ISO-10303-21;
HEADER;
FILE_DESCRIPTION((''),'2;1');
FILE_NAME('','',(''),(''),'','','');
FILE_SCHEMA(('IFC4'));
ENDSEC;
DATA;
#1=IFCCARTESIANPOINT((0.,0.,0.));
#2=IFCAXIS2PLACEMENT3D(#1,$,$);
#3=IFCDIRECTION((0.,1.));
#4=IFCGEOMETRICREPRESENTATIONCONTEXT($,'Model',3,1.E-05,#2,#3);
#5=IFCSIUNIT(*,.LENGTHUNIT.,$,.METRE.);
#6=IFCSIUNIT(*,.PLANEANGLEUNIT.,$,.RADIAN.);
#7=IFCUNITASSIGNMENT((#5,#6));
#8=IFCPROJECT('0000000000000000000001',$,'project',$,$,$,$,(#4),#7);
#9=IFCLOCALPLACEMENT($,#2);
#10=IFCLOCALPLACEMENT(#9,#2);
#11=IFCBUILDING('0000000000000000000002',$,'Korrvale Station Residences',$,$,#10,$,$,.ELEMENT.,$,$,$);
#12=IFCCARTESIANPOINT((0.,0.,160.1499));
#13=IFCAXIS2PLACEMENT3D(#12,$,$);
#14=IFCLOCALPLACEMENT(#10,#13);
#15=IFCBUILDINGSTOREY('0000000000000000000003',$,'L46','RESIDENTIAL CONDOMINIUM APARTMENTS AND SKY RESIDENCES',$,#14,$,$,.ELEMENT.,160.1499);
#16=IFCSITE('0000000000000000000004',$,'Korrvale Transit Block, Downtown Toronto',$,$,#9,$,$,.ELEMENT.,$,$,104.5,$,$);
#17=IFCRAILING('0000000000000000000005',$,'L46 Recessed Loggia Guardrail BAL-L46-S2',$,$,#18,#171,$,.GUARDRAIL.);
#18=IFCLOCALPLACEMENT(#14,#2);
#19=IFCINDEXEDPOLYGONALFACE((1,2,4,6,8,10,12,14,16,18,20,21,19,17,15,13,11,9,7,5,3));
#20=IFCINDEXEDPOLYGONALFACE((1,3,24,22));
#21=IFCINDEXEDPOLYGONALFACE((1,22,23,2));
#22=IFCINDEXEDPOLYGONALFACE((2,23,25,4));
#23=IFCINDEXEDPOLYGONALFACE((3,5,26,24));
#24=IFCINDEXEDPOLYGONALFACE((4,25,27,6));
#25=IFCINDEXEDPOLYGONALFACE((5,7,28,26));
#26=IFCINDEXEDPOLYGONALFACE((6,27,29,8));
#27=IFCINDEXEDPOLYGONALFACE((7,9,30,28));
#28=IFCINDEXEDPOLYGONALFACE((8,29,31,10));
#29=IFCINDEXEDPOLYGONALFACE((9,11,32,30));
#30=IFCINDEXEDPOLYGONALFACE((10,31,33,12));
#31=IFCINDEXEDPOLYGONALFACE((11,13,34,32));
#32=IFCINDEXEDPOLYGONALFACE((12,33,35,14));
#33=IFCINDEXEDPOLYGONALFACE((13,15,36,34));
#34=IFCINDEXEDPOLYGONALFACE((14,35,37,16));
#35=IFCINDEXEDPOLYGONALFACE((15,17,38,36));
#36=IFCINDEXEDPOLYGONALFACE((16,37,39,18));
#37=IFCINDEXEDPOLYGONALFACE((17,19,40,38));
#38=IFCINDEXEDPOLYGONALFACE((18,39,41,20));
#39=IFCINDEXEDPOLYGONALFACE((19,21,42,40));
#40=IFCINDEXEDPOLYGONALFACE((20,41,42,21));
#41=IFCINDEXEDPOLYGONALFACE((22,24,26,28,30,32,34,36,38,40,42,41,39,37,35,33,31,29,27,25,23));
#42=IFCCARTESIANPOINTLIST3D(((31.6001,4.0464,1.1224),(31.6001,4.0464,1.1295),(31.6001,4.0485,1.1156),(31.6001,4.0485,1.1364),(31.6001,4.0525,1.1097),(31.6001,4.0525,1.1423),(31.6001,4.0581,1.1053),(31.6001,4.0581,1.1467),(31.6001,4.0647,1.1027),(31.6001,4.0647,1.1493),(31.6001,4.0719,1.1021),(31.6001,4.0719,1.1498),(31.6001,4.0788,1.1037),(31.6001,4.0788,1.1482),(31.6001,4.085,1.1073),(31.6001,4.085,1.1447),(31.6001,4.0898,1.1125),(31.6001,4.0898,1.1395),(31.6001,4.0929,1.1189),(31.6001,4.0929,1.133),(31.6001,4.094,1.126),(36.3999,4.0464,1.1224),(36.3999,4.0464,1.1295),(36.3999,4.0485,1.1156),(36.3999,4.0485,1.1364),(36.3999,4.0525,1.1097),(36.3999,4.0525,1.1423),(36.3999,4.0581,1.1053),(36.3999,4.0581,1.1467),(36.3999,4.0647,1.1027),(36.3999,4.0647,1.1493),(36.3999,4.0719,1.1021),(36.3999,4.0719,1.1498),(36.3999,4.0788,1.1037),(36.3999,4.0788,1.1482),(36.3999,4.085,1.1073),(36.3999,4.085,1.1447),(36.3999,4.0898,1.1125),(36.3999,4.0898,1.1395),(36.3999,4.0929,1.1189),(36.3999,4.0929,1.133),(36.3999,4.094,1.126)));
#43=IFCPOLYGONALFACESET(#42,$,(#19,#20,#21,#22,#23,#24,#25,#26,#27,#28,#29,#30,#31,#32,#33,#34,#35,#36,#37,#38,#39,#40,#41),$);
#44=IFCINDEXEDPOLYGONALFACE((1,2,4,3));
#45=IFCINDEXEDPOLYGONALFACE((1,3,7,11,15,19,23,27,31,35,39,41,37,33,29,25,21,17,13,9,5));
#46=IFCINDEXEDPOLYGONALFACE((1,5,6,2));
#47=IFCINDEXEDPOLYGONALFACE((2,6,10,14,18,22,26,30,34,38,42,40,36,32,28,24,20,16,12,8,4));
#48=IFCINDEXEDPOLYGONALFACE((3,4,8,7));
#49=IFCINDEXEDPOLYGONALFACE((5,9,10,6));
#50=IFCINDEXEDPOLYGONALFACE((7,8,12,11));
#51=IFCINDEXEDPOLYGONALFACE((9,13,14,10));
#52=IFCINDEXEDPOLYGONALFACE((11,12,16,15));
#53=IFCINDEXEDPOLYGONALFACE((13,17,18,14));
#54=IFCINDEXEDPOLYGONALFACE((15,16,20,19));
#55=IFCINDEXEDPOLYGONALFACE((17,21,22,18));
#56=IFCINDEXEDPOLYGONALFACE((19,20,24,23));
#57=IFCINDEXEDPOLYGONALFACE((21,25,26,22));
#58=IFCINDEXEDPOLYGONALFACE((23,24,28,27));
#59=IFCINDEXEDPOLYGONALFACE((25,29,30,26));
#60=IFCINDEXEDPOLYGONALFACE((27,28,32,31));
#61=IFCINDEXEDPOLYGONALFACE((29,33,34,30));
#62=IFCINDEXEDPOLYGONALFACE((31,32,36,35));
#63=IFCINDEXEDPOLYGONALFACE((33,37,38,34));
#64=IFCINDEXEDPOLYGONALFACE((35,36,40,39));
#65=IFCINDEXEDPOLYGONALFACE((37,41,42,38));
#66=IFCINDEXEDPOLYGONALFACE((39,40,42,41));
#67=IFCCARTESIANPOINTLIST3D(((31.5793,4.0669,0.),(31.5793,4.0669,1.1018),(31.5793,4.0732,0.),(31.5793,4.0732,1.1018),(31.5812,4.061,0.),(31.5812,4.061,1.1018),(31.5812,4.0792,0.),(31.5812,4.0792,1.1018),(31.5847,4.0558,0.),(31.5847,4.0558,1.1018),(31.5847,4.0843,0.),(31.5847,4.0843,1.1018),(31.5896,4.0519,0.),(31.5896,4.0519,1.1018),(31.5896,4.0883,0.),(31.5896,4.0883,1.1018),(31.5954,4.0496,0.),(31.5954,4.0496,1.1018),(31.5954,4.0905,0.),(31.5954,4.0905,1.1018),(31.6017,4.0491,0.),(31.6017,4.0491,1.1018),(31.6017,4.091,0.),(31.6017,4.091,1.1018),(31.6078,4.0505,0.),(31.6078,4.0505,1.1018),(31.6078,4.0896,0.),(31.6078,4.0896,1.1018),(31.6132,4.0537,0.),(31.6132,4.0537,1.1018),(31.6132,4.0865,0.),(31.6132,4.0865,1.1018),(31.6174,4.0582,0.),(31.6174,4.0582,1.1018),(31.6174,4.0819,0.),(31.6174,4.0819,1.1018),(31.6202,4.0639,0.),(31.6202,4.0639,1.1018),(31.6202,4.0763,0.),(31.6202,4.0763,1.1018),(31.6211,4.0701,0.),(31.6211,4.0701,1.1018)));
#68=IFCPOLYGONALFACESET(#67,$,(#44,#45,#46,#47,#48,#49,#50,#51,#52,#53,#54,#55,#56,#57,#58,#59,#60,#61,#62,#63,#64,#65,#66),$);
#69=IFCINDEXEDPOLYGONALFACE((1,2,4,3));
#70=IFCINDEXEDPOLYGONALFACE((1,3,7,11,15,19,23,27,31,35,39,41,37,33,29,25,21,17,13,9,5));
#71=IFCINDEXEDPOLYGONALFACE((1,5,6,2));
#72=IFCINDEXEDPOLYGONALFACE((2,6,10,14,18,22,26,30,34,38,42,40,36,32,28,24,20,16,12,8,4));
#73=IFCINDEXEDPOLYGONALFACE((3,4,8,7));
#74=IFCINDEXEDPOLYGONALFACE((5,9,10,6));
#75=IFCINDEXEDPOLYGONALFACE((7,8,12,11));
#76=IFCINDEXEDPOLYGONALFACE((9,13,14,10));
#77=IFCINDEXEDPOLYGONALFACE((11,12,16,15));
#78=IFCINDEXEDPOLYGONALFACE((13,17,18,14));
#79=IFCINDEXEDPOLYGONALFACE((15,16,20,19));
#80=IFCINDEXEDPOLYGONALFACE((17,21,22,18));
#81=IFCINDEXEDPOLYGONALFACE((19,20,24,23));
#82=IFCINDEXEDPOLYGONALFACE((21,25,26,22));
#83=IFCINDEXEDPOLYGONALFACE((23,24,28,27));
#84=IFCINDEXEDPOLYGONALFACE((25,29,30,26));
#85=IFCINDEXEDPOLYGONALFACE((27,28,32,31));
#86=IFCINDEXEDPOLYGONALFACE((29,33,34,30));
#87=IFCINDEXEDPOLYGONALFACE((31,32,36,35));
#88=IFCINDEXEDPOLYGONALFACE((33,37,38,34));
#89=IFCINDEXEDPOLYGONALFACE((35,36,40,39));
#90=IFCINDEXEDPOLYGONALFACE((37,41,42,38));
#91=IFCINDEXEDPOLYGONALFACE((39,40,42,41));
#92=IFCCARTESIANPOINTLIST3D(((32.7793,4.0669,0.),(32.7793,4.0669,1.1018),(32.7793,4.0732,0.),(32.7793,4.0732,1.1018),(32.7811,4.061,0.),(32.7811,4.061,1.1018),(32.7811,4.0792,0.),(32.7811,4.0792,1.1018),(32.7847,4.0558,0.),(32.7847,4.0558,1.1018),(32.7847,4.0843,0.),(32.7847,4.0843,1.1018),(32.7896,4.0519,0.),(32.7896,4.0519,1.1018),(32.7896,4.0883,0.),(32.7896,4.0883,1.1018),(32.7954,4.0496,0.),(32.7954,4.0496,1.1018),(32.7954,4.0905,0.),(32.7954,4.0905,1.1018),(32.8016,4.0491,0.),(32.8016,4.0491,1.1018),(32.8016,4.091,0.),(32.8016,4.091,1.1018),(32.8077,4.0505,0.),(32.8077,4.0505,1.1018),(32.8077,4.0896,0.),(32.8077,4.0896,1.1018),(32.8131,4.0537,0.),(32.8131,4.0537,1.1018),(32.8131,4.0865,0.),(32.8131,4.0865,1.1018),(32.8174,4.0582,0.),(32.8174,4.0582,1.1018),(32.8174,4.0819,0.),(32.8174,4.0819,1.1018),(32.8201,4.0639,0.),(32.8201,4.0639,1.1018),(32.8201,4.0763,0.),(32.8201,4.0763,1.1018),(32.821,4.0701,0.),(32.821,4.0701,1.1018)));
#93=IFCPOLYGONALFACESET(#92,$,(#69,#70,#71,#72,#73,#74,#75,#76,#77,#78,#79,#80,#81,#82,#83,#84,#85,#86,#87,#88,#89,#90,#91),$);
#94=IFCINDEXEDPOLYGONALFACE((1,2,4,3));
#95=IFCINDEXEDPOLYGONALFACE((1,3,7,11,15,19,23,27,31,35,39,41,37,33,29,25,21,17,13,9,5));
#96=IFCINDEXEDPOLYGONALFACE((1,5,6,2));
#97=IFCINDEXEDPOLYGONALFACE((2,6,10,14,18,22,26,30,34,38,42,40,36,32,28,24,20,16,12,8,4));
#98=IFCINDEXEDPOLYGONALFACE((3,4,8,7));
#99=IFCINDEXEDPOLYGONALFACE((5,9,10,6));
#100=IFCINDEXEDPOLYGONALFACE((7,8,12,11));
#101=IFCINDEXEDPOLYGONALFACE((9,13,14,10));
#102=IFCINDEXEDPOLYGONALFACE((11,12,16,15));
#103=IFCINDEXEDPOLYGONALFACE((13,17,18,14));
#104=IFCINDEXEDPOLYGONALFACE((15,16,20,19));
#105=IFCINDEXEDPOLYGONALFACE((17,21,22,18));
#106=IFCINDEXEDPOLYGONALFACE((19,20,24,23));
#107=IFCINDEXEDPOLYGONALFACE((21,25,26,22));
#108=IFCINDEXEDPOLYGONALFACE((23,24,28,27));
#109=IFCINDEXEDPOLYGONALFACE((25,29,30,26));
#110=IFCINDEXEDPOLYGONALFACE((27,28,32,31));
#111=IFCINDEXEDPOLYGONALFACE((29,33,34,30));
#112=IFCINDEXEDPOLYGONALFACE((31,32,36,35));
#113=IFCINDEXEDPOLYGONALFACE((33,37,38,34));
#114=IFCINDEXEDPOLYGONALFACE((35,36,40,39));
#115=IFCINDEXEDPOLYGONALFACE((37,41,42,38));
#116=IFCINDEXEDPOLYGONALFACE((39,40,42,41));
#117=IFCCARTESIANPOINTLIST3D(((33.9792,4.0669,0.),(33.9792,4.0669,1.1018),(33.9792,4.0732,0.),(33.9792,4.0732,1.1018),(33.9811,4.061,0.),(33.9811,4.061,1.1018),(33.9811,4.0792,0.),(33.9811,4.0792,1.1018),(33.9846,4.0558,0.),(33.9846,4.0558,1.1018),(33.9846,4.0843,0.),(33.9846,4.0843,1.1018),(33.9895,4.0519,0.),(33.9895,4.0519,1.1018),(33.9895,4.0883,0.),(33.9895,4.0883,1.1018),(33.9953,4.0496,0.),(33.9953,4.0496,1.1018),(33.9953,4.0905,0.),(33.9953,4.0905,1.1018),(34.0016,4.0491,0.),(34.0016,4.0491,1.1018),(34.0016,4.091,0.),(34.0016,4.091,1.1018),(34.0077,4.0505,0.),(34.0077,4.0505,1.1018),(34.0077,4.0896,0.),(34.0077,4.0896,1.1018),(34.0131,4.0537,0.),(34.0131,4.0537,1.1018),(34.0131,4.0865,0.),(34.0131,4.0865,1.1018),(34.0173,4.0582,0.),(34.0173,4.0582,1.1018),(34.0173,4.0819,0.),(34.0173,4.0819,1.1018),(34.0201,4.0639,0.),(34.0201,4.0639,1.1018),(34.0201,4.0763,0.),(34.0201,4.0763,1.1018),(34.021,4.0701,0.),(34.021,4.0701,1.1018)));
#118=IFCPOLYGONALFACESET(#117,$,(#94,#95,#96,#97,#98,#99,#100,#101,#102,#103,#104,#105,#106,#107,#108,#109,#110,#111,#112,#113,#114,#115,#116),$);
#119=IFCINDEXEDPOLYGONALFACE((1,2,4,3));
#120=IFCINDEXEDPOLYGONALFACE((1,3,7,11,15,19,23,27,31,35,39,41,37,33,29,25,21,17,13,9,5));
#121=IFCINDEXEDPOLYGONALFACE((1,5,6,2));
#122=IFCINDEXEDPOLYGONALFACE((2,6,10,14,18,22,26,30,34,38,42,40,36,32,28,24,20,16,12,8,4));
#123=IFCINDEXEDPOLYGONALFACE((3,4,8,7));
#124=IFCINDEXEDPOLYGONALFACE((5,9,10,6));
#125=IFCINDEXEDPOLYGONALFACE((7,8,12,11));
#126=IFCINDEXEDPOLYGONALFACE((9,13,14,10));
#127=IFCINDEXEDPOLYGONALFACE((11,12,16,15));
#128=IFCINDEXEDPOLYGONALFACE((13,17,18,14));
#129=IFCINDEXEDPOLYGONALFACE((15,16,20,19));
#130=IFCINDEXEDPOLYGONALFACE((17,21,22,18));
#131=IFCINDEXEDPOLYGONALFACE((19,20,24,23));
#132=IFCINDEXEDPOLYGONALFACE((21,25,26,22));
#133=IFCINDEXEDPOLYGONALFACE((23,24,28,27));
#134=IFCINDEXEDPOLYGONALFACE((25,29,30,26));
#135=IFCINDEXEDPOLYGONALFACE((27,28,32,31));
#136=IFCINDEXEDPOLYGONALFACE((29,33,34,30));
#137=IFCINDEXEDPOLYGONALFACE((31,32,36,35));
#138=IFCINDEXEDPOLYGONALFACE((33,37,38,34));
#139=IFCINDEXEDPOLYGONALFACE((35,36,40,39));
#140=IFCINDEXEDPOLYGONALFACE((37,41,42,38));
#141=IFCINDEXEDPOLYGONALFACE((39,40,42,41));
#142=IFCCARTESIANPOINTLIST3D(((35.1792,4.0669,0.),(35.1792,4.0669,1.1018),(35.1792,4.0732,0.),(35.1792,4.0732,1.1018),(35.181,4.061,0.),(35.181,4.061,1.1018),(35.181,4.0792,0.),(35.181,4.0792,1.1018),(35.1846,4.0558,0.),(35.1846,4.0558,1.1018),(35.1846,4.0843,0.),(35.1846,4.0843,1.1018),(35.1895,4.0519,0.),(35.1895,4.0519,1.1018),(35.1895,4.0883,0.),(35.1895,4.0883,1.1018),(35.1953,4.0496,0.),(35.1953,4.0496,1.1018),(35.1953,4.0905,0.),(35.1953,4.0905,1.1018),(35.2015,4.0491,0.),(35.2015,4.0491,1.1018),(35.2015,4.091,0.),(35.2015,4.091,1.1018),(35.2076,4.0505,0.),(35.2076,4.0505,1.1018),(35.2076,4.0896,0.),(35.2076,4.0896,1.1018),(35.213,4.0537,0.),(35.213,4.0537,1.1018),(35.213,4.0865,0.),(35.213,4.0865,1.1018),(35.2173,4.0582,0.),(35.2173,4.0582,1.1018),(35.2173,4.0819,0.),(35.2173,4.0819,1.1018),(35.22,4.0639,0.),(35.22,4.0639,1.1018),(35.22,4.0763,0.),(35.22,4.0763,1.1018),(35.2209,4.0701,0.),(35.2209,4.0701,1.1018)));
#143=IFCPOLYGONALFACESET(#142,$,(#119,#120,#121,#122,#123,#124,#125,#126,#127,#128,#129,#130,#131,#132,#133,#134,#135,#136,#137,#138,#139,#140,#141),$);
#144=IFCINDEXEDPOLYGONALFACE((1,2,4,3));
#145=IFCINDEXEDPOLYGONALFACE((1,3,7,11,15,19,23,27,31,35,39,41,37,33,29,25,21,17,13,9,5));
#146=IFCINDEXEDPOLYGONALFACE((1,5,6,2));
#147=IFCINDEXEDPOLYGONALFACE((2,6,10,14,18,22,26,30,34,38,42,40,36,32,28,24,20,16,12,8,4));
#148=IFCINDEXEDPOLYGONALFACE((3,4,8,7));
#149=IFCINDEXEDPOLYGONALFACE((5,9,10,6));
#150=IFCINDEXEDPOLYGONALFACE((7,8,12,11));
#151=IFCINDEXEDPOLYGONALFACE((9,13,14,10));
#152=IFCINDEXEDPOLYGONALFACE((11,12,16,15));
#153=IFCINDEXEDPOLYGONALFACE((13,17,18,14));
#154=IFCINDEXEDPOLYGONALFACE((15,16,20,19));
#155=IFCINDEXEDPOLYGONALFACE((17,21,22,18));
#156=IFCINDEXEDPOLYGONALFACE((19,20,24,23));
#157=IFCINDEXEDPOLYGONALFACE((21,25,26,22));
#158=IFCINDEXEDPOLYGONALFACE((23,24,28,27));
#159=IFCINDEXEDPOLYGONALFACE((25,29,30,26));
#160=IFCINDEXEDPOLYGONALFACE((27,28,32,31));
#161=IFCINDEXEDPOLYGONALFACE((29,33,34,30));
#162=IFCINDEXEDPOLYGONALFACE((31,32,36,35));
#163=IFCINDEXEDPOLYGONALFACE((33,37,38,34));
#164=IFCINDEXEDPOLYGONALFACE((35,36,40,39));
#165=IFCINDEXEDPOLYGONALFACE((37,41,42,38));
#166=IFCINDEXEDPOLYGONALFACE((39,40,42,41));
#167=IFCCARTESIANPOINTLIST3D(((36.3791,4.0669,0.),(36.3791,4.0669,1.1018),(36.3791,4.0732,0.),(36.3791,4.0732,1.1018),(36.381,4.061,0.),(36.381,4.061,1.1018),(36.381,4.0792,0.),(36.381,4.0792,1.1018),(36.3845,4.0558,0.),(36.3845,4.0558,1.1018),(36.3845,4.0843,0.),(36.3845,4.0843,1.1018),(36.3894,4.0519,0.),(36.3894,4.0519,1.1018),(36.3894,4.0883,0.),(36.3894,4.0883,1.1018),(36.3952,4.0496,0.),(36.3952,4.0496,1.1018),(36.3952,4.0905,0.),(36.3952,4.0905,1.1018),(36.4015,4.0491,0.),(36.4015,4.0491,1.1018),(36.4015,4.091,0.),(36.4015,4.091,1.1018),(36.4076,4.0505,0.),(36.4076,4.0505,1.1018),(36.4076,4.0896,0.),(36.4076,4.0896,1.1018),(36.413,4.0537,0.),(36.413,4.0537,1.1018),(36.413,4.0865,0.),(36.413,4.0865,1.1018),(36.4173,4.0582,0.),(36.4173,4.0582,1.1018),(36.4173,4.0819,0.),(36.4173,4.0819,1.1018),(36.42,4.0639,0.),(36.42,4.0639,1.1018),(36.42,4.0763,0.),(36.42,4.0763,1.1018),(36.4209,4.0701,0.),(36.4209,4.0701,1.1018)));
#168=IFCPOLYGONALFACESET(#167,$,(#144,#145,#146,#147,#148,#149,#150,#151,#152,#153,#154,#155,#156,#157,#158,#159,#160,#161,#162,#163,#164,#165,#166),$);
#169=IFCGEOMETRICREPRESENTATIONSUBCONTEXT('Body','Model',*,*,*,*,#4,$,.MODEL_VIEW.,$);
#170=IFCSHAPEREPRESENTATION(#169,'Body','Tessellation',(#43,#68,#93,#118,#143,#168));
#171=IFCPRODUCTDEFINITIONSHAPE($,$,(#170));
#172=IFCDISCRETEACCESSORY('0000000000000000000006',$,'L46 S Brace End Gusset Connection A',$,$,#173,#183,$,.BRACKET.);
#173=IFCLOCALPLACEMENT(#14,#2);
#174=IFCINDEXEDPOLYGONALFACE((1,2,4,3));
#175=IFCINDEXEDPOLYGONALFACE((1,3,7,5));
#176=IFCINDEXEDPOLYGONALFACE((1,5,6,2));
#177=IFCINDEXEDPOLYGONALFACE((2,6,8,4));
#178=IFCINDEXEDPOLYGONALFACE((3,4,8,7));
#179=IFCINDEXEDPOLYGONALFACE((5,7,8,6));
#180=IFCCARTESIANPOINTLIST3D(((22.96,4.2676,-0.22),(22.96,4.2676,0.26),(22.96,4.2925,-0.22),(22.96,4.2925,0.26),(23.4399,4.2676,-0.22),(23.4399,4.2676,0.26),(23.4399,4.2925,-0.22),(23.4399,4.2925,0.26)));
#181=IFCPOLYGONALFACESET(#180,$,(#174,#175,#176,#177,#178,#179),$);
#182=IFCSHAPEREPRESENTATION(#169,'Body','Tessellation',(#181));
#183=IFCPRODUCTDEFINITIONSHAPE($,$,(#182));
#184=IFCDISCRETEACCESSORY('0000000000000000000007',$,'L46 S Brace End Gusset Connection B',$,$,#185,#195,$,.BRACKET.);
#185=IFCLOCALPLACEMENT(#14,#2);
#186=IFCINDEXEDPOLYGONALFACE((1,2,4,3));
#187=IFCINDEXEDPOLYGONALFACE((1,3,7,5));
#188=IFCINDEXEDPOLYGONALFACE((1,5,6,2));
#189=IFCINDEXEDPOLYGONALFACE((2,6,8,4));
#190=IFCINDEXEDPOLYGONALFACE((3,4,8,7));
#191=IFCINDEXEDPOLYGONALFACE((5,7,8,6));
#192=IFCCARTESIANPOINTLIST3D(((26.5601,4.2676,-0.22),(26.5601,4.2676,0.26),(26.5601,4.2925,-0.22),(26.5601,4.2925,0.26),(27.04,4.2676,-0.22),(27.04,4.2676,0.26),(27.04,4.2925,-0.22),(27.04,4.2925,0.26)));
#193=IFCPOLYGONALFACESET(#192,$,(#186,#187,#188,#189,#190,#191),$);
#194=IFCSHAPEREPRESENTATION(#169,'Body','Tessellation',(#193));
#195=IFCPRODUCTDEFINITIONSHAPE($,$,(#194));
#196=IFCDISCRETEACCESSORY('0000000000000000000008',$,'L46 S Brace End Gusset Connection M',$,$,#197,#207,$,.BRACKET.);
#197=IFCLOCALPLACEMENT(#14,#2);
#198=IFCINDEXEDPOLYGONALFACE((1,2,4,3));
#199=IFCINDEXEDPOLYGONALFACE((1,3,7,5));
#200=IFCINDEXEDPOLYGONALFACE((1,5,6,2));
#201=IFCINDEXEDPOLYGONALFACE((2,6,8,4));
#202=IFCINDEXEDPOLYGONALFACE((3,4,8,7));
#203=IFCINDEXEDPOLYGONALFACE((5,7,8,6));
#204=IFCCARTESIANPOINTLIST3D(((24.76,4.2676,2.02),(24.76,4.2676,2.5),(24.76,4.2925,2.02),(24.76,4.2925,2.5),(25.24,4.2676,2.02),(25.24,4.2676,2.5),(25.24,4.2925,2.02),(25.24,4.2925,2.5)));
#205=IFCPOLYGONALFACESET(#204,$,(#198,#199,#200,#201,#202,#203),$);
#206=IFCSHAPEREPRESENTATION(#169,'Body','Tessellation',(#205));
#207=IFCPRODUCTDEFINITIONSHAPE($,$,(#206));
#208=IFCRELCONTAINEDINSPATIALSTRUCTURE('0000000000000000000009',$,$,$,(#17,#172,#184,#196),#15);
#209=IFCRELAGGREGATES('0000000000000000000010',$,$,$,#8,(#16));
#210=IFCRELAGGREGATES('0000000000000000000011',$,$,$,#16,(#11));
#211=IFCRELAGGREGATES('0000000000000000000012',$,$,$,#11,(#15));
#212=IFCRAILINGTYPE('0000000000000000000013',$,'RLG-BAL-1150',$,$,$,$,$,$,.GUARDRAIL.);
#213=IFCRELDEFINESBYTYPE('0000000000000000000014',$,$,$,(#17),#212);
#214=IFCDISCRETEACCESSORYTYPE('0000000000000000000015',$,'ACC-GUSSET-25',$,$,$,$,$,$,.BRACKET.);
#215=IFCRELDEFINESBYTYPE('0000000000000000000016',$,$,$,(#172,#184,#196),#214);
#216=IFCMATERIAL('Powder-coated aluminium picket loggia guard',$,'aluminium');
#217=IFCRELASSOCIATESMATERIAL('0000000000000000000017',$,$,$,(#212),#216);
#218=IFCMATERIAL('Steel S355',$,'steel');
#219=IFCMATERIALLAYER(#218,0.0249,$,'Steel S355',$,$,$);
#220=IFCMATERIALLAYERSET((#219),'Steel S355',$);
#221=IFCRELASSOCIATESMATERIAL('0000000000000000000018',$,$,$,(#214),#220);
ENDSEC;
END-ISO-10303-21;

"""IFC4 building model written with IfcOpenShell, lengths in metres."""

from ifc_helpers import new_model, si_unit, direction, frame, origin, origin_2d, place, context, subcontext, project, spatial, rectangle, circle, extrude, material, layer, layer_set, type_object, element, save


model = new_model("IFC4")

# Units and contexts
model_context = context("Model", 3, precision=1e-05, world=origin(), true_north=direction((0.0, 1.0)))
body_context = subcontext(model_context, "Body", "Model", "MODEL_VIEW")
ifc_project = project(units=[si_unit("LENGTHUNIT", "METRE"), si_unit("PLANEANGLEUNIT", "RADIAN")], contexts=[model_context])

# Site, building, storey
site_placement = place(None, origin())
site = spatial("IfcSite", under=ifc_project, at=site_placement, Name="Korrvale Transit Block, Downtown Toronto", CompositionType="ELEMENT", RefElevation=104.5)
building_placement = place(site_placement, origin())
building = spatial("IfcBuilding", under=site, at=building_placement, Name="Korrvale Station Residences", CompositionType="ELEMENT")
storey_placement = place(building_placement, frame((0.0, 0.0, 160.1499)))
storey = spatial("IfcBuildingStorey", under=building, at=storey_placement, Name="L46", Description="RESIDENTIAL CONDOMINIUM APARTMENTS AND SKY RESIDENCES", CompositionType="ELEMENT", Elevation=160.1499)

# Shared definitions
ifc_material_1 = material(Name="Steel S355", Category="steel")

# Railing
ifc_material_2 = material(Name="Powder-coated aluminium picket loggia guard", Category="aluminium")
railing_type = type_object("IfcRailingType", Name="RLG-BAL-1150", PredefinedType="GUARDRAIL", material=ifc_material_2)
railing_placement = place(storey_placement, frame((31.6001, 4.0701, 0.0)))
element("IfcRailing", 1, at=railing_placement, inside=storey, type_object=railing_type, Name="L46 Recessed Loggia Guardrail BAL-L46-S2", PredefinedType="GUARDRAIL", context=body_context, shape_type="SweptSolid", body=[
    extrude(circle(Radius=0.0239, at=origin_2d()), frame((0.0, 0.0, 1.126), z_axis=(1.0, 0.0, 0.0), x_axis=(0.0, 1.0, 0.0)), (0.0, 0.0, 1.0), 4.7998),
    extrude(circle(Radius=0.021, at=origin_2d()), origin(), (0.0, 0.0, 1.0), 1.1018),
    extrude(circle(Radius=0.021, at=origin_2d()), frame((1.2, 0.0, 0.0)), (0.0, 0.0, 1.0), 1.1018),
    extrude(circle(Radius=0.021, at=origin_2d()), frame((2.3999, 0.0, 0.0)), (0.0, 0.0, 1.0), 1.1018),
    extrude(circle(Radius=0.021, at=origin_2d()), frame((3.5999, 0.0, 0.0)), (0.0, 0.0, 1.0), 1.1018),
    extrude(circle(Radius=0.021, at=origin_2d()), frame((4.7998, 0.0, 0.0)), (0.0, 0.0, 1.0), 1.1018),
])

# Discrete accessories
ifc_layer_1 = layer(ifc_material_1, 0.0249, Name="Steel S355")
ifc_layer_set_1 = layer_set([ifc_layer_1], Name="Steel S355")
discrete_accessory_type = type_object("IfcDiscreteAccessoryType", Name="ACC-GUSSET-25", PredefinedType="BRACKET", material=ifc_layer_set_1)
for number, where, z_axis, x_axis, name in (
    (2, (23.2, 4.28, -0.22), (0.0, 0.0, 1.0), (1.0, 0.0, 0.0), "L46 S Brace End Gusset Connection A"),
    (3, (26.8, 4.28, -0.22), (0.0, 0.0, 1.0), (1.0, 0.0, 0.0), "L46 S Brace End Gusset Connection B"),
    (4, (25.0, 4.28, 2.02), (0.0, 0.0, 1.0), (1.0, 0.0, 0.0), "L46 S Brace End Gusset Connection M"),
):
    element("IfcDiscreteAccessory", number, at=place(storey_placement, frame(where, z_axis=z_axis, x_axis=x_axis)), inside=storey, type_object=discrete_accessory_type, Name=name, PredefinedType="BRACKET", context=body_context, shape_type="SweptSolid", body=[
        extrude(rectangle(XDim=0.48, YDim=0.0249, at=origin_2d()), origin(), (0.0, 0.0, 1.0), 0.48),
    ])

save(model, "model.ifc")
